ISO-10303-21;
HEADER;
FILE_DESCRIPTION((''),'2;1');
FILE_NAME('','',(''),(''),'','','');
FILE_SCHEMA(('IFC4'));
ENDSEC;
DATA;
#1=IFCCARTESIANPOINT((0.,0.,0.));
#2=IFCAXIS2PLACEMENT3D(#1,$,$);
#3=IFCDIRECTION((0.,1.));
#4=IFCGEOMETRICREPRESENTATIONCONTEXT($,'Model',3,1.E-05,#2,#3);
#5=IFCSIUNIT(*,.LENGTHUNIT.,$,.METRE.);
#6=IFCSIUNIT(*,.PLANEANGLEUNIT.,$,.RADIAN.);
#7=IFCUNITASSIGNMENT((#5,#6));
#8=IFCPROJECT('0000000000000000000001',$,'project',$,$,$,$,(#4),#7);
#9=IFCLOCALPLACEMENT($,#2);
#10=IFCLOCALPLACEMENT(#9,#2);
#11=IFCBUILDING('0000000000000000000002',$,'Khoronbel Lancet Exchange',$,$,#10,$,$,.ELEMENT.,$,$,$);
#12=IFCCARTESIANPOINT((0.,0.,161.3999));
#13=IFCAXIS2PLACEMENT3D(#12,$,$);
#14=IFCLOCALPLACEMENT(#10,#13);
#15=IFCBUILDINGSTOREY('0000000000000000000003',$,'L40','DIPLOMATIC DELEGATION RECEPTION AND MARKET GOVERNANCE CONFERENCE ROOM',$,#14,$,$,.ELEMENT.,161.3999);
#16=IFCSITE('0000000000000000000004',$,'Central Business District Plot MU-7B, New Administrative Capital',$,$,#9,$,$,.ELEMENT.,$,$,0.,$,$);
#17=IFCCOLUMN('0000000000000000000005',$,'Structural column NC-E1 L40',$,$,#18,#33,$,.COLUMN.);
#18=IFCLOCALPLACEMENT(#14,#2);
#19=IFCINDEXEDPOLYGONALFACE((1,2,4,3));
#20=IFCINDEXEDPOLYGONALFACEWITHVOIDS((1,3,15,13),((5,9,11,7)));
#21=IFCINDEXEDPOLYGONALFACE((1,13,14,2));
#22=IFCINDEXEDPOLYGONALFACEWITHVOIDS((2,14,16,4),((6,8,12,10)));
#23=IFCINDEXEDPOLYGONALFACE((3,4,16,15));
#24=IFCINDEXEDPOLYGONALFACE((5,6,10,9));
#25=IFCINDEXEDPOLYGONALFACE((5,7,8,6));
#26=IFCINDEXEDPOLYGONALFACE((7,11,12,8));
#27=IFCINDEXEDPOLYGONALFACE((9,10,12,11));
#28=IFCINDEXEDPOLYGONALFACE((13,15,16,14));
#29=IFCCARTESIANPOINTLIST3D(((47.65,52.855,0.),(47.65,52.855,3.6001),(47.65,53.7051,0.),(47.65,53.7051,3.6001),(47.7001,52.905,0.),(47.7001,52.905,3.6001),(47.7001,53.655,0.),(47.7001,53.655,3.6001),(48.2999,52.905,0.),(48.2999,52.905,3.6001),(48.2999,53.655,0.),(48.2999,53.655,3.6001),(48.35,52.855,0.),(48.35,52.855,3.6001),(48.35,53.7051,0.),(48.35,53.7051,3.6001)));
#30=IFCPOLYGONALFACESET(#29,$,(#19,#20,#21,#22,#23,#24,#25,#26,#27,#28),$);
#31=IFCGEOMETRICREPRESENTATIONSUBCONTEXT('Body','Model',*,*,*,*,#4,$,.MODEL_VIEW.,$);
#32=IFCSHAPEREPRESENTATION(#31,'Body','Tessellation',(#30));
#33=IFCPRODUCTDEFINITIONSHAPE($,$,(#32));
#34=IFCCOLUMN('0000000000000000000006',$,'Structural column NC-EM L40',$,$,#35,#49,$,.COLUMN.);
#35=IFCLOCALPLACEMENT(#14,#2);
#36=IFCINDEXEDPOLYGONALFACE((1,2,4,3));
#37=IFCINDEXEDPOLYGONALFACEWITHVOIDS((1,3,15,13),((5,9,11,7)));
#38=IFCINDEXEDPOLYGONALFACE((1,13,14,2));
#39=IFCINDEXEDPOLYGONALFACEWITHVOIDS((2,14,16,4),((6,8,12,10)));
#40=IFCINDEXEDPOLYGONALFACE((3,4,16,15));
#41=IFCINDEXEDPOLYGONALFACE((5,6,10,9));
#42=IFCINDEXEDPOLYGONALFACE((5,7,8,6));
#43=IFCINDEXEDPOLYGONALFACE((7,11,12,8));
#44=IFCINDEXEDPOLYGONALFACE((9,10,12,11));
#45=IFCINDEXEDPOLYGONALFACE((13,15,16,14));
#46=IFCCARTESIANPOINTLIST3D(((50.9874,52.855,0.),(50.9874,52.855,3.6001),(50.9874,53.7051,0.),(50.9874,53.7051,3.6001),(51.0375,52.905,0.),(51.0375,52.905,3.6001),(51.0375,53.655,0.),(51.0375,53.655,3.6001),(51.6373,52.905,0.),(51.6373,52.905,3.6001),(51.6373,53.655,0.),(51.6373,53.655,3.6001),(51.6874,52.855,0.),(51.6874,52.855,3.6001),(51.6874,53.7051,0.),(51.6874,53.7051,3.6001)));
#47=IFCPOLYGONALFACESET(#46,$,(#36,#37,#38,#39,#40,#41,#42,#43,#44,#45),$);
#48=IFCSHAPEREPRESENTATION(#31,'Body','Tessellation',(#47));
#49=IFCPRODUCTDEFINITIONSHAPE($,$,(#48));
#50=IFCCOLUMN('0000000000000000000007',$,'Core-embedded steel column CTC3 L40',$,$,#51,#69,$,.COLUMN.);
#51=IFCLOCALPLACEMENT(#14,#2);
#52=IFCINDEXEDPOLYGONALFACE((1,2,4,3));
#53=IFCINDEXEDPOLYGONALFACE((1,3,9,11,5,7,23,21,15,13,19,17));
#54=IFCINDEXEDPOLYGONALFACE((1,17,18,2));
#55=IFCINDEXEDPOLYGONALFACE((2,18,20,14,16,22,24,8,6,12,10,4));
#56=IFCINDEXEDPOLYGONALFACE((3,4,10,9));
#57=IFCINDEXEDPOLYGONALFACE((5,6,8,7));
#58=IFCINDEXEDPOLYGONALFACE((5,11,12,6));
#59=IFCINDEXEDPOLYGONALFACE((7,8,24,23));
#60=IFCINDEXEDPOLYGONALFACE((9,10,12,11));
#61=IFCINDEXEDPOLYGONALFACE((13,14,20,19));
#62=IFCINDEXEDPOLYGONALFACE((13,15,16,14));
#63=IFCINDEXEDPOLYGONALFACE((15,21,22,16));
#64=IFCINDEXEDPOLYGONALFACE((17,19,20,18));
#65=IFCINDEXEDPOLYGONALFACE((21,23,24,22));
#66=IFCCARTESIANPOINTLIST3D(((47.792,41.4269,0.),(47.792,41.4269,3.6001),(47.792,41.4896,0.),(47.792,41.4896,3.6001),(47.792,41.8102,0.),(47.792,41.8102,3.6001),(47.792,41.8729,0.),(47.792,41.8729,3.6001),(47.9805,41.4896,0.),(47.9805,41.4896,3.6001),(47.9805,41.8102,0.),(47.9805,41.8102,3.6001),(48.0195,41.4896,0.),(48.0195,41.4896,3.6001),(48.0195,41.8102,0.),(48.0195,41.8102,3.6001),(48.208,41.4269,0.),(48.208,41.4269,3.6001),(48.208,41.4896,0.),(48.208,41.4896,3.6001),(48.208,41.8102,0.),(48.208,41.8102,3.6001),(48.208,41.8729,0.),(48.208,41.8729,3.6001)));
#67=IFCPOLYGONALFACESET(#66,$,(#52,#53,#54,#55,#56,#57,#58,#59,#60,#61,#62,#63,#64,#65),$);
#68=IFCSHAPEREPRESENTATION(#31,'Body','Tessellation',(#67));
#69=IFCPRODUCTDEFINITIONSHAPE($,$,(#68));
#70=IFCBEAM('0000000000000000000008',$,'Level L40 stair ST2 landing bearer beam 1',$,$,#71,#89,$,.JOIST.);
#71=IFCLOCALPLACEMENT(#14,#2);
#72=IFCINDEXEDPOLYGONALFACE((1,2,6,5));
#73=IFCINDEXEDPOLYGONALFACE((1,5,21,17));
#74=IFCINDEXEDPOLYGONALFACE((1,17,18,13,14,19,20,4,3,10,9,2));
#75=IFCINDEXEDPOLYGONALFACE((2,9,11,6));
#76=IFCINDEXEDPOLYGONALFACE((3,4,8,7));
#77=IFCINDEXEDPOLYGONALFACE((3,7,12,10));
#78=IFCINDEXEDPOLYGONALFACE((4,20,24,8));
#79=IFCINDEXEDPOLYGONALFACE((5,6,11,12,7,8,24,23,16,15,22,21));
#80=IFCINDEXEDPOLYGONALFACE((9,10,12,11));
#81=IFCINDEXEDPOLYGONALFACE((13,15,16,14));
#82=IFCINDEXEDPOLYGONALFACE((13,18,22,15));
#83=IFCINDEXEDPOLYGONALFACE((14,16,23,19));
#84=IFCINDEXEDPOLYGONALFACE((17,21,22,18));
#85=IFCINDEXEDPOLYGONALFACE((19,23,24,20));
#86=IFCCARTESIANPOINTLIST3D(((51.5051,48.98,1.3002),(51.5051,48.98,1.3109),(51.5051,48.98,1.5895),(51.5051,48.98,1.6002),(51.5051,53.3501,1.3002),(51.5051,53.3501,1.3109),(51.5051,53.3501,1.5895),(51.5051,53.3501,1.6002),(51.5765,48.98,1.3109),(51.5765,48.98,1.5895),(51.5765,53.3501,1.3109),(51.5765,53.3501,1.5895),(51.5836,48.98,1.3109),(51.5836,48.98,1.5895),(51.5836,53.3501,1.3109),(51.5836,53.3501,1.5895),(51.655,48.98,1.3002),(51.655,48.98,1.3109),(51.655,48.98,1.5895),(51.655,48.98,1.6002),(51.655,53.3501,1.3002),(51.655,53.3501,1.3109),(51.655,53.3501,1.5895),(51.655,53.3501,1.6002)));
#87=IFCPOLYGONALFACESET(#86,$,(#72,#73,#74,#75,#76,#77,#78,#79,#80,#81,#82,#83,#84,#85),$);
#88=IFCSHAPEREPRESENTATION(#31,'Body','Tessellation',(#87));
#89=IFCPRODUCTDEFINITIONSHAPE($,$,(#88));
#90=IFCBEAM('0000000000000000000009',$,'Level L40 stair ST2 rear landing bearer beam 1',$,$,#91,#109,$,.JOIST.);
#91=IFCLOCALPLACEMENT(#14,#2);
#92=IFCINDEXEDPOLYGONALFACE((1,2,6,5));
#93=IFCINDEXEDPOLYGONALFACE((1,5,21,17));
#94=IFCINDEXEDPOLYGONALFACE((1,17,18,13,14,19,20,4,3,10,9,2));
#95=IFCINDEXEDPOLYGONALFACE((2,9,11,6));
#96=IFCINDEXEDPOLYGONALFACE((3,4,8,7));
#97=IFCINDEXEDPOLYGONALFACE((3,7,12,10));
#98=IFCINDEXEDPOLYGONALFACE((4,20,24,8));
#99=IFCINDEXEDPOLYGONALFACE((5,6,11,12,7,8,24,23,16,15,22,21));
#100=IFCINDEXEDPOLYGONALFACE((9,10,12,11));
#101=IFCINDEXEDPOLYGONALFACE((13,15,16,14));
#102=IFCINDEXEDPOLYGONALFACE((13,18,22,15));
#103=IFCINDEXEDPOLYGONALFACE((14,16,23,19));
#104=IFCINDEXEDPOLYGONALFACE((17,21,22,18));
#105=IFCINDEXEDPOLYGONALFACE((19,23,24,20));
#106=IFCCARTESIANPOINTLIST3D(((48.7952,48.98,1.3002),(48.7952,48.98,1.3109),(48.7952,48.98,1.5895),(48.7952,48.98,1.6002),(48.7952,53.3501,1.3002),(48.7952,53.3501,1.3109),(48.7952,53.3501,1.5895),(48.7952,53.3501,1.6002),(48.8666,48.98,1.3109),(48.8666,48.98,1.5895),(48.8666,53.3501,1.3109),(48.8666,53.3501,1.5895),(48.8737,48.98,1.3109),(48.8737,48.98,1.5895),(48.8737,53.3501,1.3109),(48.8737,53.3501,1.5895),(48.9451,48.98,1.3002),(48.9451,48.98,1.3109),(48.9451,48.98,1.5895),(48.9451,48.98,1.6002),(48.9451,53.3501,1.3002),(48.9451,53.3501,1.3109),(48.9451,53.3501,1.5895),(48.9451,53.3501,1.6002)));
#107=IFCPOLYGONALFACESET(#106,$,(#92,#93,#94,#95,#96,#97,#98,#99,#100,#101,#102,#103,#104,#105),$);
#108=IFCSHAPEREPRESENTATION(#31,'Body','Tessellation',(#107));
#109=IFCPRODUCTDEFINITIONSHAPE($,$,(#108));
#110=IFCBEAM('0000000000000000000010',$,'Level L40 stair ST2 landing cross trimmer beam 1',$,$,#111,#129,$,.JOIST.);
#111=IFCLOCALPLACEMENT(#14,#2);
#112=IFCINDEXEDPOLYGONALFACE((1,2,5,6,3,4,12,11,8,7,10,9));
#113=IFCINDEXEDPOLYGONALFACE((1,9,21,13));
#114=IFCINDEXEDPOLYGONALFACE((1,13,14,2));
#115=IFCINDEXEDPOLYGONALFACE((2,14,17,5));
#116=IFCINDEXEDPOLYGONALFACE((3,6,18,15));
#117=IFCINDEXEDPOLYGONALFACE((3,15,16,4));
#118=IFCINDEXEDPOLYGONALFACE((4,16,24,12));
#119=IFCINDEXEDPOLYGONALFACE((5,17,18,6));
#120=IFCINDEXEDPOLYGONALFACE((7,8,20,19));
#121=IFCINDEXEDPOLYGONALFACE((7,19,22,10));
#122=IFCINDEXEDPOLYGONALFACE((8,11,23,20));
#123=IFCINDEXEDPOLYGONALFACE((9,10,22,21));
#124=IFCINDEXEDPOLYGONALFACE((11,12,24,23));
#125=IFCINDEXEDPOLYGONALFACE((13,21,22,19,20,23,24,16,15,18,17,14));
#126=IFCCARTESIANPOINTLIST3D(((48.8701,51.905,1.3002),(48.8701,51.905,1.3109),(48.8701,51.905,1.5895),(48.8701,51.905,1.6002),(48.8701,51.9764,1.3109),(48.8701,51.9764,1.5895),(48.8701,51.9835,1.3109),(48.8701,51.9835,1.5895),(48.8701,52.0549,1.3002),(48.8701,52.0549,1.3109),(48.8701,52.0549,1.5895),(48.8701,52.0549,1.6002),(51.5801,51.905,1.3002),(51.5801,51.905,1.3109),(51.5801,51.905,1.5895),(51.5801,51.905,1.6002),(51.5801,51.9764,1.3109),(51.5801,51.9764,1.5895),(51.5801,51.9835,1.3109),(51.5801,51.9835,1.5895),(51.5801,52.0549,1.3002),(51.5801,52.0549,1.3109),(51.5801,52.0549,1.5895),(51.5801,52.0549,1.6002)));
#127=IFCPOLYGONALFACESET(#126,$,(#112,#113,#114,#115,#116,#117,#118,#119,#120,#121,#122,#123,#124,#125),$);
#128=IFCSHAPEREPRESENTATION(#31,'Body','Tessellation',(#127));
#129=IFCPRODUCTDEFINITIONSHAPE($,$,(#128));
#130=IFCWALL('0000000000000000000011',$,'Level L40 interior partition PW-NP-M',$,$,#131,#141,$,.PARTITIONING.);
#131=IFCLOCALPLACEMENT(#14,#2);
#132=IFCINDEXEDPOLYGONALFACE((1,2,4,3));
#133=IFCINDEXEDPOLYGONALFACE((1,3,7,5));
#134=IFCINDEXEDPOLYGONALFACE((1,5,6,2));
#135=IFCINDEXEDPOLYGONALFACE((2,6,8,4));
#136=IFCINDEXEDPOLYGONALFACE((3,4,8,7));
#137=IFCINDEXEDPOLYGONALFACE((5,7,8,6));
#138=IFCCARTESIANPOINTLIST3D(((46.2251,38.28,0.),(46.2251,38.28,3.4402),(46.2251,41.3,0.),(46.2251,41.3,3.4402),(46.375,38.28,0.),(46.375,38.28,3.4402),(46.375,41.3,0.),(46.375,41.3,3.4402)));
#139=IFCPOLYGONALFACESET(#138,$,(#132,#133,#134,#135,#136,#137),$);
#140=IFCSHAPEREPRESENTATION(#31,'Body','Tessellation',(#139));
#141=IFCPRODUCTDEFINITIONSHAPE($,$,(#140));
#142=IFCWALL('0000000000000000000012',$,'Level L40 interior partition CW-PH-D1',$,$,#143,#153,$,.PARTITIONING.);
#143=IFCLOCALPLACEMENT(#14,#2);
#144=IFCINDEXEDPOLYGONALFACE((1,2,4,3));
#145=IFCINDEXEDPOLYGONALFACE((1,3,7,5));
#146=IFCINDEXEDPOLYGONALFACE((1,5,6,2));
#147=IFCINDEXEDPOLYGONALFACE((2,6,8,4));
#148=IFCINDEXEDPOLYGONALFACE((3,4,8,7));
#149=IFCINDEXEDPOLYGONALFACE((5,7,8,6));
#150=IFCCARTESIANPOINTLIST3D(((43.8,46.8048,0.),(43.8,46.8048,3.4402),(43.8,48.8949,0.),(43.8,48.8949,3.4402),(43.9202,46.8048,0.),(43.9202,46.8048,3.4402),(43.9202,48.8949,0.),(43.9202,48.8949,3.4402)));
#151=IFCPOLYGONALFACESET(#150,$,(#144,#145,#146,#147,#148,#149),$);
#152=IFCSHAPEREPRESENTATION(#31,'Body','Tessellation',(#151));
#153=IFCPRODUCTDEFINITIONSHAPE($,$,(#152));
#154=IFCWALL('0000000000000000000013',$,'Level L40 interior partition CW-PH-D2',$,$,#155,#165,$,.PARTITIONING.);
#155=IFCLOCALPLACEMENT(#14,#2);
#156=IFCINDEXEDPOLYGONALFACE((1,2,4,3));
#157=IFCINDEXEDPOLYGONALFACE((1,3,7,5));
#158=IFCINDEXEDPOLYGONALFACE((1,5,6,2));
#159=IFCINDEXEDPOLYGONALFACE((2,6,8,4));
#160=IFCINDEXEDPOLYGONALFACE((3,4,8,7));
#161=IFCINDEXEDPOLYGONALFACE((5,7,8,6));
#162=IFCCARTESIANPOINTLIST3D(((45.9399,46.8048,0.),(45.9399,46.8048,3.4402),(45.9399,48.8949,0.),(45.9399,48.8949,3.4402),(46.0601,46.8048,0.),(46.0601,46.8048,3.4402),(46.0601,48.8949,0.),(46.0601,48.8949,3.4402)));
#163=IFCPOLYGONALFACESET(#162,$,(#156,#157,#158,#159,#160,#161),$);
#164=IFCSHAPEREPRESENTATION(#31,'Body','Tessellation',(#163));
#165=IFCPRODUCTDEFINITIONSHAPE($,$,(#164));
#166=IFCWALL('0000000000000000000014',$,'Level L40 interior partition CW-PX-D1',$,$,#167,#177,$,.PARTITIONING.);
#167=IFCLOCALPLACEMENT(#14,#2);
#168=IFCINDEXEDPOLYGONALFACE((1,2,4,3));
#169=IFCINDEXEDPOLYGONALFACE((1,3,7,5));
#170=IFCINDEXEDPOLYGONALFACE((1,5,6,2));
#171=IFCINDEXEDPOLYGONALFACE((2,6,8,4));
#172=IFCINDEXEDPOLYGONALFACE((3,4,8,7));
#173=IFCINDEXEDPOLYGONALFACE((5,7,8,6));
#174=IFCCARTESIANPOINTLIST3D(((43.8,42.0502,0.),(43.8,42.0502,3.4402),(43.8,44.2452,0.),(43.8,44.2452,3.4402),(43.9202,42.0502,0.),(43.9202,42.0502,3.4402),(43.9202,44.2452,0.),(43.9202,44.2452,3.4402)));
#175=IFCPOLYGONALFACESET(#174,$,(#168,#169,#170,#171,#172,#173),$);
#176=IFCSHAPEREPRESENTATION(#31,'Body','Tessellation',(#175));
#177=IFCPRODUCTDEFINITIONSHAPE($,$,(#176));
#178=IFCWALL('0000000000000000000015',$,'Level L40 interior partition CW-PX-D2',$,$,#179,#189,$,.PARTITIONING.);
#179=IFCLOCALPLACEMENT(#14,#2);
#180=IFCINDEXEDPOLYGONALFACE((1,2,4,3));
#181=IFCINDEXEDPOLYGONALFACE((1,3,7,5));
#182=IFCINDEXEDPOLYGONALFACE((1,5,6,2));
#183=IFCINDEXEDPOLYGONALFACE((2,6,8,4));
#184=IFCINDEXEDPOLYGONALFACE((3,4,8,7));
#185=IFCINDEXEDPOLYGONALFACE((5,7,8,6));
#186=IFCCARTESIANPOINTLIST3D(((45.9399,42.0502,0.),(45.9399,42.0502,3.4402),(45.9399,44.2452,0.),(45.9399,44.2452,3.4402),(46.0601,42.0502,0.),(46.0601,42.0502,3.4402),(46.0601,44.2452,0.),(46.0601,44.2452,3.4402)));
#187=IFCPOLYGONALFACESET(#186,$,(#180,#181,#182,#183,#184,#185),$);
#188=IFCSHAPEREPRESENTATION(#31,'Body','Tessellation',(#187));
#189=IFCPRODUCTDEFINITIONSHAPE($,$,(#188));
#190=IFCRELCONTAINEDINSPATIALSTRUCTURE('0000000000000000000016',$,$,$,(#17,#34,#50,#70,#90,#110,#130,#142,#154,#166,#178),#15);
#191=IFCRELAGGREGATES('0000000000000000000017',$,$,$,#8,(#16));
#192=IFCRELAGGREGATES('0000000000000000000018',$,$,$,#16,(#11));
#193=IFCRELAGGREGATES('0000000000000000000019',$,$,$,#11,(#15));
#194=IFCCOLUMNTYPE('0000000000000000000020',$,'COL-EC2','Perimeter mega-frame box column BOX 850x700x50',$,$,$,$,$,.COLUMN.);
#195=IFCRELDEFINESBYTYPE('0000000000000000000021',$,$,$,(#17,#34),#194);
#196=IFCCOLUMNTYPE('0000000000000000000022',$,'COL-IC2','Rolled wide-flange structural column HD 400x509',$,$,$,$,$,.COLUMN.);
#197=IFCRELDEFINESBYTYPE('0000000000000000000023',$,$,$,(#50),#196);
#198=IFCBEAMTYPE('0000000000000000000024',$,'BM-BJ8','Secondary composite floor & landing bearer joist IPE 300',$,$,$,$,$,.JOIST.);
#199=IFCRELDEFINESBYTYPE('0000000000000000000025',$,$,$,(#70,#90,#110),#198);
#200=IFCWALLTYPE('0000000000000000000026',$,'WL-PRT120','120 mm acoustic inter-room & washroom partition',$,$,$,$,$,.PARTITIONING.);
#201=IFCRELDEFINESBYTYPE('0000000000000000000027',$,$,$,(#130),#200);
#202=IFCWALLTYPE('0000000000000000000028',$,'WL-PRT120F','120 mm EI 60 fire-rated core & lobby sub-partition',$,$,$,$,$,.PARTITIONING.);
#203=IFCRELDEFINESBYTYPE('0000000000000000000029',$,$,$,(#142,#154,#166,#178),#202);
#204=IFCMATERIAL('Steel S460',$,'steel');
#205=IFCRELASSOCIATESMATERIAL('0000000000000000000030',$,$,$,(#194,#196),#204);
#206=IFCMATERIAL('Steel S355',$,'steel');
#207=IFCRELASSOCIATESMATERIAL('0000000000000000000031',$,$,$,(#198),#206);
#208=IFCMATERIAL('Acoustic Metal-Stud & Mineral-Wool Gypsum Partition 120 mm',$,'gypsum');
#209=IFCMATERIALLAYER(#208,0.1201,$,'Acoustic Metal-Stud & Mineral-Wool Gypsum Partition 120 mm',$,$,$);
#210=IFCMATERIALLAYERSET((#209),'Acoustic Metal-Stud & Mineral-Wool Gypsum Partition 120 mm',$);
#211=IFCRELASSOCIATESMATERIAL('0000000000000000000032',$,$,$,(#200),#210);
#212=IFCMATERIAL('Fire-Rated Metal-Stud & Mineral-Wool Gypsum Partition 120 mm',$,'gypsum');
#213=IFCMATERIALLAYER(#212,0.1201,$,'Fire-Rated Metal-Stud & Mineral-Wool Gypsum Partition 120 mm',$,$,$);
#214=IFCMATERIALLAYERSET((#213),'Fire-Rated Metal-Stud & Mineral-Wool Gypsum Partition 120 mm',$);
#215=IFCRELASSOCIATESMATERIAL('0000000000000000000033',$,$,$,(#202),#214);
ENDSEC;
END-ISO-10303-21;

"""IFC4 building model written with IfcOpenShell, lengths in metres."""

from ifc_helpers import new_model, si_unit, direction, frame, frame_2d, origin, origin_2d, place, context, subcontext, project, spatial, rectangle, hollow_rectangle, i_section, extrude, material, layer, layer_set, material_profile, profile_set, type_object, element, save


model = new_model("IFC4")

# Units and contexts
model_context = context("Model", 3, precision=1e-05, world=origin(), true_north=direction((0.0, 1.0)))
body_context = subcontext(model_context, "Body", "Model", "MODEL_VIEW")
ifc_project = project(units=[si_unit("LENGTHUNIT", "METRE"), si_unit("PLANEANGLEUNIT", "RADIAN")], contexts=[model_context])

# Site, building, storey
site_placement = place(None, origin())
site = spatial("IfcSite", under=ifc_project, at=site_placement, Name="Central Business District Plot MU-7B, New Administrative Capital", CompositionType="ELEMENT", RefElevation=0.0)
building_placement = place(site_placement, origin())
building = spatial("IfcBuilding", under=site, at=building_placement, Name="Khoronbel Lancet Exchange", CompositionType="ELEMENT")
storey_placement = place(building_placement, frame((0.0, 0.0, 161.3999)))
storey = spatial("IfcBuildingStorey", under=building, at=storey_placement, Name="L40", Description="DIPLOMATIC DELEGATION RECEPTION AND MARKET GOVERNANCE CONFERENCE ROOM", CompositionType="ELEMENT", Elevation=161.3999)

# Columns
ifc_material_1 = material(Name="Steel S460", Category="steel")
ifc_material_profile_1 = material_profile(ifc_material_1, hollow_rectangle(XDim=0.7, YDim=0.8501, WallThickness=0.05, at=origin_2d()), Name="BOX 850x700x50")
ifc_profile_set_1 = profile_set([ifc_material_profile_1], Name="Steel S460")
column_type_1 = type_object("IfcColumnType", Name="COL-EC2", Description="Perimeter mega-frame box column BOX 850x700x50", PredefinedType="COLUMN", material=ifc_profile_set_1)
for number, where, z_axis, x_axis, name in (
    (1, (48.0, 53.28, 0.0), (0.0, 0.0, 1.0), (1.0, 0.0, 0.0), "Structural column NC-E1 L40"),
    (2, (51.3374, 53.28, 0.0), (0.0, 0.0, 1.0), (1.0, 0.0, 0.0), "Structural column NC-EM L40"),
):
    element("IfcColumn", number, at=place(storey_placement, frame(where, z_axis=z_axis, x_axis=x_axis)), inside=storey, type_object=column_type_1, Name=name, PredefinedType="COLUMN", context=body_context, shape_type="SweptSolid", body=[
        extrude(hollow_rectangle(XDim=0.7, YDim=0.8501, WallThickness=0.05, at=origin_2d()), origin(), (0.0, 0.0, 1.0), 3.6001),
    ])
ifc_material_profile_2 = material_profile(ifc_material_1, i_section(OverallWidth=0.416, OverallDepth=0.446, WebThickness=0.0391, FlangeThickness=0.0627, at=origin_2d()), Name="HD 400x509")
ifc_profile_set_2 = profile_set([ifc_material_profile_2], Name="Steel S460")
column_type_2 = type_object("IfcColumnType", Name="COL-IC2", Description="Rolled wide-flange structural column HD 400x509", PredefinedType="COLUMN", material=ifc_profile_set_2)
column_placement = place(storey_placement, frame((48.0, 41.6499, 0.0), z_axis=(0.0, 0.0, 1.0), x_axis=(1.0, 0.0, 0.0)))
element("IfcColumn", 3, at=column_placement, inside=storey, type_object=column_type_2, Name="Core-embedded steel column CTC3 L40", PredefinedType="COLUMN", context=body_context, shape_type="SweptSolid", body=[
    extrude(i_section(OverallWidth=0.416, OverallDepth=0.446, WebThickness=0.0391, FlangeThickness=0.0627, at=origin_2d()), origin(), (0.0, 0.0, 1.0), 3.6001),
])

# Beams
ifc_material_2 = material(Name="Steel S355", Category="steel")
ifc_material_profile_3 = material_profile(ifc_material_2, i_section(OverallWidth=0.1499, OverallDepth=0.3, WebThickness=0.0071, FlangeThickness=0.0107, at=origin_2d()), Name="IPE 300")
ifc_profile_set_3 = profile_set([ifc_material_profile_3], Name="Steel S355")
beam_type = type_object("IfcBeamType", Name="BM-BJ8", Description="Secondary composite floor & landing bearer joist IPE 300", PredefinedType="JOIST", material=ifc_profile_set_3)
for number, where, z_axis, x_axis, name in (
    (4, (51.5801, 48.98, 1.4502), (0.0, 1.0, 0.0), (-1.0, 0.0, 0.0), "Level L40 stair ST2 landing bearer beam 1"),
    (5, (48.8701, 48.98, 1.4502), (0.0, 1.0, 0.0), (-1.0, 0.0, 0.0), "Level L40 stair ST2 rear landing bearer beam 1"),
):
    element("IfcBeam", number, at=place(storey_placement, frame(where, z_axis=z_axis, x_axis=x_axis)), inside=storey, type_object=beam_type, Name=name, PredefinedType="JOIST", context=body_context, shape_type="SweptSolid", body=[
        extrude(i_section(OverallWidth=0.1499, OverallDepth=0.3, WebThickness=0.0071, FlangeThickness=0.0107, at=origin_2d()), origin(), (0.0, 0.0, 1.0), 4.3701),
    ])
beam_placement = place(storey_placement, frame((48.8701, 51.98, 1.4502), z_axis=(1.0, 0.0, 0.0), x_axis=(0.0, 1.0, 0.0)))
element("IfcBeam", 6, at=beam_placement, inside=storey, type_object=beam_type, Name="Level L40 stair ST2 landing cross trimmer beam 1", PredefinedType="JOIST", context=body_context, shape_type="SweptSolid", body=[
    extrude(i_section(OverallWidth=0.1499, OverallDepth=0.3, WebThickness=0.0071, FlangeThickness=0.0107, at=origin_2d()), origin(), (0.0, 0.0, 1.0), 2.71),
])

# Walls
ifc_material_3 = material(Name="Acoustic Metal-Stud & Mineral-Wool Gypsum Partition 120 mm", Category="gypsum")
ifc_layer_1 = layer(ifc_material_3, 0.1201, Name="Acoustic Metal-Stud & Mineral-Wool Gypsum Partition 120 mm")
ifc_layer_set_1 = layer_set([ifc_layer_1], Name="Acoustic Metal-Stud & Mineral-Wool Gypsum Partition 120 mm")
wall_type_1 = type_object("IfcWallType", Name="WL-PRT120", Description="120 mm acoustic inter-room & washroom partition", PredefinedType="PARTITIONING", material=ifc_layer_set_1)
wall_1_placement = place(storey_placement, frame((46.3, 38.28, 0.0), z_axis=(0.0, 0.0, 1.0), x_axis=(0.0, 1.0, 0.0)))
element("IfcWall", 7, at=wall_1_placement, inside=storey, type_object=wall_type_1, Name="Level L40 interior partition PW-NP-M", PredefinedType="PARTITIONING", context=body_context, shape_type="SweptSolid", body=[
    extrude(rectangle(XDim=3.02, YDim=0.1499, at=frame_2d((1.51, 0.0))), origin(), (0.0, 0.0, 1.0), 3.4402),
])
ifc_material_4 = material(Name="Fire-Rated Metal-Stud & Mineral-Wool Gypsum Partition 120 mm", Category="gypsum")
ifc_layer_2 = layer(ifc_material_4, 0.1201, Name="Fire-Rated Metal-Stud & Mineral-Wool Gypsum Partition 120 mm")
ifc_layer_set_2 = layer_set([ifc_layer_2], Name="Fire-Rated Metal-Stud & Mineral-Wool Gypsum Partition 120 mm")
wall_type_2 = type_object("IfcWallType", Name="WL-PRT120F", Description="120 mm EI 60 fire-rated core & lobby sub-partition", PredefinedType="PARTITIONING", material=ifc_layer_set_2)
for number, where, z_axis, x_axis, name in (
    (8, (43.8601, 46.8049, 0.0), (0.0, 0.0, 1.0), (0.0, 1.0, 0.0), "Level L40 interior partition CW-PH-D1"),
    (9, (46.0, 46.8049, 0.0), (0.0, 0.0, 1.0), (0.0, 1.0, 0.0), "Level L40 interior partition CW-PH-D2"),
):
    element("IfcWall", number, at=place(storey_placement, frame(where, z_axis=z_axis, x_axis=x_axis)), inside=storey, type_object=wall_type_2, Name=name, PredefinedType="PARTITIONING", context=body_context, shape_type="SweptSolid", body=[
        extrude(rectangle(XDim=2.0901, YDim=0.1201, at=frame_2d((1.0449, 0.0))), origin(), (0.0, 0.0, 1.0), 3.4402),
    ])
for number, where, z_axis, x_axis, name in (
    (10, (43.8601, 42.05, 0.0), (0.0, 0.0, 1.0), (0.0, 1.0, 0.0), "Level L40 interior partition CW-PX-D1"),
    (11, (46.0, 42.05, 0.0), (0.0, 0.0, 1.0), (0.0, 1.0, 0.0), "Level L40 interior partition CW-PX-D2"),
):
    element("IfcWall", number, at=place(storey_placement, frame(where, z_axis=z_axis, x_axis=x_axis)), inside=storey, type_object=wall_type_2, Name=name, PredefinedType="PARTITIONING", context=body_context, shape_type="SweptSolid", body=[
        extrude(rectangle(XDim=2.1951, YDim=0.1201, at=frame_2d((1.0977, 0.0))), origin(), (0.0, 0.0, 1.0), 3.4402),
    ])

save(model, "model.ifc")
